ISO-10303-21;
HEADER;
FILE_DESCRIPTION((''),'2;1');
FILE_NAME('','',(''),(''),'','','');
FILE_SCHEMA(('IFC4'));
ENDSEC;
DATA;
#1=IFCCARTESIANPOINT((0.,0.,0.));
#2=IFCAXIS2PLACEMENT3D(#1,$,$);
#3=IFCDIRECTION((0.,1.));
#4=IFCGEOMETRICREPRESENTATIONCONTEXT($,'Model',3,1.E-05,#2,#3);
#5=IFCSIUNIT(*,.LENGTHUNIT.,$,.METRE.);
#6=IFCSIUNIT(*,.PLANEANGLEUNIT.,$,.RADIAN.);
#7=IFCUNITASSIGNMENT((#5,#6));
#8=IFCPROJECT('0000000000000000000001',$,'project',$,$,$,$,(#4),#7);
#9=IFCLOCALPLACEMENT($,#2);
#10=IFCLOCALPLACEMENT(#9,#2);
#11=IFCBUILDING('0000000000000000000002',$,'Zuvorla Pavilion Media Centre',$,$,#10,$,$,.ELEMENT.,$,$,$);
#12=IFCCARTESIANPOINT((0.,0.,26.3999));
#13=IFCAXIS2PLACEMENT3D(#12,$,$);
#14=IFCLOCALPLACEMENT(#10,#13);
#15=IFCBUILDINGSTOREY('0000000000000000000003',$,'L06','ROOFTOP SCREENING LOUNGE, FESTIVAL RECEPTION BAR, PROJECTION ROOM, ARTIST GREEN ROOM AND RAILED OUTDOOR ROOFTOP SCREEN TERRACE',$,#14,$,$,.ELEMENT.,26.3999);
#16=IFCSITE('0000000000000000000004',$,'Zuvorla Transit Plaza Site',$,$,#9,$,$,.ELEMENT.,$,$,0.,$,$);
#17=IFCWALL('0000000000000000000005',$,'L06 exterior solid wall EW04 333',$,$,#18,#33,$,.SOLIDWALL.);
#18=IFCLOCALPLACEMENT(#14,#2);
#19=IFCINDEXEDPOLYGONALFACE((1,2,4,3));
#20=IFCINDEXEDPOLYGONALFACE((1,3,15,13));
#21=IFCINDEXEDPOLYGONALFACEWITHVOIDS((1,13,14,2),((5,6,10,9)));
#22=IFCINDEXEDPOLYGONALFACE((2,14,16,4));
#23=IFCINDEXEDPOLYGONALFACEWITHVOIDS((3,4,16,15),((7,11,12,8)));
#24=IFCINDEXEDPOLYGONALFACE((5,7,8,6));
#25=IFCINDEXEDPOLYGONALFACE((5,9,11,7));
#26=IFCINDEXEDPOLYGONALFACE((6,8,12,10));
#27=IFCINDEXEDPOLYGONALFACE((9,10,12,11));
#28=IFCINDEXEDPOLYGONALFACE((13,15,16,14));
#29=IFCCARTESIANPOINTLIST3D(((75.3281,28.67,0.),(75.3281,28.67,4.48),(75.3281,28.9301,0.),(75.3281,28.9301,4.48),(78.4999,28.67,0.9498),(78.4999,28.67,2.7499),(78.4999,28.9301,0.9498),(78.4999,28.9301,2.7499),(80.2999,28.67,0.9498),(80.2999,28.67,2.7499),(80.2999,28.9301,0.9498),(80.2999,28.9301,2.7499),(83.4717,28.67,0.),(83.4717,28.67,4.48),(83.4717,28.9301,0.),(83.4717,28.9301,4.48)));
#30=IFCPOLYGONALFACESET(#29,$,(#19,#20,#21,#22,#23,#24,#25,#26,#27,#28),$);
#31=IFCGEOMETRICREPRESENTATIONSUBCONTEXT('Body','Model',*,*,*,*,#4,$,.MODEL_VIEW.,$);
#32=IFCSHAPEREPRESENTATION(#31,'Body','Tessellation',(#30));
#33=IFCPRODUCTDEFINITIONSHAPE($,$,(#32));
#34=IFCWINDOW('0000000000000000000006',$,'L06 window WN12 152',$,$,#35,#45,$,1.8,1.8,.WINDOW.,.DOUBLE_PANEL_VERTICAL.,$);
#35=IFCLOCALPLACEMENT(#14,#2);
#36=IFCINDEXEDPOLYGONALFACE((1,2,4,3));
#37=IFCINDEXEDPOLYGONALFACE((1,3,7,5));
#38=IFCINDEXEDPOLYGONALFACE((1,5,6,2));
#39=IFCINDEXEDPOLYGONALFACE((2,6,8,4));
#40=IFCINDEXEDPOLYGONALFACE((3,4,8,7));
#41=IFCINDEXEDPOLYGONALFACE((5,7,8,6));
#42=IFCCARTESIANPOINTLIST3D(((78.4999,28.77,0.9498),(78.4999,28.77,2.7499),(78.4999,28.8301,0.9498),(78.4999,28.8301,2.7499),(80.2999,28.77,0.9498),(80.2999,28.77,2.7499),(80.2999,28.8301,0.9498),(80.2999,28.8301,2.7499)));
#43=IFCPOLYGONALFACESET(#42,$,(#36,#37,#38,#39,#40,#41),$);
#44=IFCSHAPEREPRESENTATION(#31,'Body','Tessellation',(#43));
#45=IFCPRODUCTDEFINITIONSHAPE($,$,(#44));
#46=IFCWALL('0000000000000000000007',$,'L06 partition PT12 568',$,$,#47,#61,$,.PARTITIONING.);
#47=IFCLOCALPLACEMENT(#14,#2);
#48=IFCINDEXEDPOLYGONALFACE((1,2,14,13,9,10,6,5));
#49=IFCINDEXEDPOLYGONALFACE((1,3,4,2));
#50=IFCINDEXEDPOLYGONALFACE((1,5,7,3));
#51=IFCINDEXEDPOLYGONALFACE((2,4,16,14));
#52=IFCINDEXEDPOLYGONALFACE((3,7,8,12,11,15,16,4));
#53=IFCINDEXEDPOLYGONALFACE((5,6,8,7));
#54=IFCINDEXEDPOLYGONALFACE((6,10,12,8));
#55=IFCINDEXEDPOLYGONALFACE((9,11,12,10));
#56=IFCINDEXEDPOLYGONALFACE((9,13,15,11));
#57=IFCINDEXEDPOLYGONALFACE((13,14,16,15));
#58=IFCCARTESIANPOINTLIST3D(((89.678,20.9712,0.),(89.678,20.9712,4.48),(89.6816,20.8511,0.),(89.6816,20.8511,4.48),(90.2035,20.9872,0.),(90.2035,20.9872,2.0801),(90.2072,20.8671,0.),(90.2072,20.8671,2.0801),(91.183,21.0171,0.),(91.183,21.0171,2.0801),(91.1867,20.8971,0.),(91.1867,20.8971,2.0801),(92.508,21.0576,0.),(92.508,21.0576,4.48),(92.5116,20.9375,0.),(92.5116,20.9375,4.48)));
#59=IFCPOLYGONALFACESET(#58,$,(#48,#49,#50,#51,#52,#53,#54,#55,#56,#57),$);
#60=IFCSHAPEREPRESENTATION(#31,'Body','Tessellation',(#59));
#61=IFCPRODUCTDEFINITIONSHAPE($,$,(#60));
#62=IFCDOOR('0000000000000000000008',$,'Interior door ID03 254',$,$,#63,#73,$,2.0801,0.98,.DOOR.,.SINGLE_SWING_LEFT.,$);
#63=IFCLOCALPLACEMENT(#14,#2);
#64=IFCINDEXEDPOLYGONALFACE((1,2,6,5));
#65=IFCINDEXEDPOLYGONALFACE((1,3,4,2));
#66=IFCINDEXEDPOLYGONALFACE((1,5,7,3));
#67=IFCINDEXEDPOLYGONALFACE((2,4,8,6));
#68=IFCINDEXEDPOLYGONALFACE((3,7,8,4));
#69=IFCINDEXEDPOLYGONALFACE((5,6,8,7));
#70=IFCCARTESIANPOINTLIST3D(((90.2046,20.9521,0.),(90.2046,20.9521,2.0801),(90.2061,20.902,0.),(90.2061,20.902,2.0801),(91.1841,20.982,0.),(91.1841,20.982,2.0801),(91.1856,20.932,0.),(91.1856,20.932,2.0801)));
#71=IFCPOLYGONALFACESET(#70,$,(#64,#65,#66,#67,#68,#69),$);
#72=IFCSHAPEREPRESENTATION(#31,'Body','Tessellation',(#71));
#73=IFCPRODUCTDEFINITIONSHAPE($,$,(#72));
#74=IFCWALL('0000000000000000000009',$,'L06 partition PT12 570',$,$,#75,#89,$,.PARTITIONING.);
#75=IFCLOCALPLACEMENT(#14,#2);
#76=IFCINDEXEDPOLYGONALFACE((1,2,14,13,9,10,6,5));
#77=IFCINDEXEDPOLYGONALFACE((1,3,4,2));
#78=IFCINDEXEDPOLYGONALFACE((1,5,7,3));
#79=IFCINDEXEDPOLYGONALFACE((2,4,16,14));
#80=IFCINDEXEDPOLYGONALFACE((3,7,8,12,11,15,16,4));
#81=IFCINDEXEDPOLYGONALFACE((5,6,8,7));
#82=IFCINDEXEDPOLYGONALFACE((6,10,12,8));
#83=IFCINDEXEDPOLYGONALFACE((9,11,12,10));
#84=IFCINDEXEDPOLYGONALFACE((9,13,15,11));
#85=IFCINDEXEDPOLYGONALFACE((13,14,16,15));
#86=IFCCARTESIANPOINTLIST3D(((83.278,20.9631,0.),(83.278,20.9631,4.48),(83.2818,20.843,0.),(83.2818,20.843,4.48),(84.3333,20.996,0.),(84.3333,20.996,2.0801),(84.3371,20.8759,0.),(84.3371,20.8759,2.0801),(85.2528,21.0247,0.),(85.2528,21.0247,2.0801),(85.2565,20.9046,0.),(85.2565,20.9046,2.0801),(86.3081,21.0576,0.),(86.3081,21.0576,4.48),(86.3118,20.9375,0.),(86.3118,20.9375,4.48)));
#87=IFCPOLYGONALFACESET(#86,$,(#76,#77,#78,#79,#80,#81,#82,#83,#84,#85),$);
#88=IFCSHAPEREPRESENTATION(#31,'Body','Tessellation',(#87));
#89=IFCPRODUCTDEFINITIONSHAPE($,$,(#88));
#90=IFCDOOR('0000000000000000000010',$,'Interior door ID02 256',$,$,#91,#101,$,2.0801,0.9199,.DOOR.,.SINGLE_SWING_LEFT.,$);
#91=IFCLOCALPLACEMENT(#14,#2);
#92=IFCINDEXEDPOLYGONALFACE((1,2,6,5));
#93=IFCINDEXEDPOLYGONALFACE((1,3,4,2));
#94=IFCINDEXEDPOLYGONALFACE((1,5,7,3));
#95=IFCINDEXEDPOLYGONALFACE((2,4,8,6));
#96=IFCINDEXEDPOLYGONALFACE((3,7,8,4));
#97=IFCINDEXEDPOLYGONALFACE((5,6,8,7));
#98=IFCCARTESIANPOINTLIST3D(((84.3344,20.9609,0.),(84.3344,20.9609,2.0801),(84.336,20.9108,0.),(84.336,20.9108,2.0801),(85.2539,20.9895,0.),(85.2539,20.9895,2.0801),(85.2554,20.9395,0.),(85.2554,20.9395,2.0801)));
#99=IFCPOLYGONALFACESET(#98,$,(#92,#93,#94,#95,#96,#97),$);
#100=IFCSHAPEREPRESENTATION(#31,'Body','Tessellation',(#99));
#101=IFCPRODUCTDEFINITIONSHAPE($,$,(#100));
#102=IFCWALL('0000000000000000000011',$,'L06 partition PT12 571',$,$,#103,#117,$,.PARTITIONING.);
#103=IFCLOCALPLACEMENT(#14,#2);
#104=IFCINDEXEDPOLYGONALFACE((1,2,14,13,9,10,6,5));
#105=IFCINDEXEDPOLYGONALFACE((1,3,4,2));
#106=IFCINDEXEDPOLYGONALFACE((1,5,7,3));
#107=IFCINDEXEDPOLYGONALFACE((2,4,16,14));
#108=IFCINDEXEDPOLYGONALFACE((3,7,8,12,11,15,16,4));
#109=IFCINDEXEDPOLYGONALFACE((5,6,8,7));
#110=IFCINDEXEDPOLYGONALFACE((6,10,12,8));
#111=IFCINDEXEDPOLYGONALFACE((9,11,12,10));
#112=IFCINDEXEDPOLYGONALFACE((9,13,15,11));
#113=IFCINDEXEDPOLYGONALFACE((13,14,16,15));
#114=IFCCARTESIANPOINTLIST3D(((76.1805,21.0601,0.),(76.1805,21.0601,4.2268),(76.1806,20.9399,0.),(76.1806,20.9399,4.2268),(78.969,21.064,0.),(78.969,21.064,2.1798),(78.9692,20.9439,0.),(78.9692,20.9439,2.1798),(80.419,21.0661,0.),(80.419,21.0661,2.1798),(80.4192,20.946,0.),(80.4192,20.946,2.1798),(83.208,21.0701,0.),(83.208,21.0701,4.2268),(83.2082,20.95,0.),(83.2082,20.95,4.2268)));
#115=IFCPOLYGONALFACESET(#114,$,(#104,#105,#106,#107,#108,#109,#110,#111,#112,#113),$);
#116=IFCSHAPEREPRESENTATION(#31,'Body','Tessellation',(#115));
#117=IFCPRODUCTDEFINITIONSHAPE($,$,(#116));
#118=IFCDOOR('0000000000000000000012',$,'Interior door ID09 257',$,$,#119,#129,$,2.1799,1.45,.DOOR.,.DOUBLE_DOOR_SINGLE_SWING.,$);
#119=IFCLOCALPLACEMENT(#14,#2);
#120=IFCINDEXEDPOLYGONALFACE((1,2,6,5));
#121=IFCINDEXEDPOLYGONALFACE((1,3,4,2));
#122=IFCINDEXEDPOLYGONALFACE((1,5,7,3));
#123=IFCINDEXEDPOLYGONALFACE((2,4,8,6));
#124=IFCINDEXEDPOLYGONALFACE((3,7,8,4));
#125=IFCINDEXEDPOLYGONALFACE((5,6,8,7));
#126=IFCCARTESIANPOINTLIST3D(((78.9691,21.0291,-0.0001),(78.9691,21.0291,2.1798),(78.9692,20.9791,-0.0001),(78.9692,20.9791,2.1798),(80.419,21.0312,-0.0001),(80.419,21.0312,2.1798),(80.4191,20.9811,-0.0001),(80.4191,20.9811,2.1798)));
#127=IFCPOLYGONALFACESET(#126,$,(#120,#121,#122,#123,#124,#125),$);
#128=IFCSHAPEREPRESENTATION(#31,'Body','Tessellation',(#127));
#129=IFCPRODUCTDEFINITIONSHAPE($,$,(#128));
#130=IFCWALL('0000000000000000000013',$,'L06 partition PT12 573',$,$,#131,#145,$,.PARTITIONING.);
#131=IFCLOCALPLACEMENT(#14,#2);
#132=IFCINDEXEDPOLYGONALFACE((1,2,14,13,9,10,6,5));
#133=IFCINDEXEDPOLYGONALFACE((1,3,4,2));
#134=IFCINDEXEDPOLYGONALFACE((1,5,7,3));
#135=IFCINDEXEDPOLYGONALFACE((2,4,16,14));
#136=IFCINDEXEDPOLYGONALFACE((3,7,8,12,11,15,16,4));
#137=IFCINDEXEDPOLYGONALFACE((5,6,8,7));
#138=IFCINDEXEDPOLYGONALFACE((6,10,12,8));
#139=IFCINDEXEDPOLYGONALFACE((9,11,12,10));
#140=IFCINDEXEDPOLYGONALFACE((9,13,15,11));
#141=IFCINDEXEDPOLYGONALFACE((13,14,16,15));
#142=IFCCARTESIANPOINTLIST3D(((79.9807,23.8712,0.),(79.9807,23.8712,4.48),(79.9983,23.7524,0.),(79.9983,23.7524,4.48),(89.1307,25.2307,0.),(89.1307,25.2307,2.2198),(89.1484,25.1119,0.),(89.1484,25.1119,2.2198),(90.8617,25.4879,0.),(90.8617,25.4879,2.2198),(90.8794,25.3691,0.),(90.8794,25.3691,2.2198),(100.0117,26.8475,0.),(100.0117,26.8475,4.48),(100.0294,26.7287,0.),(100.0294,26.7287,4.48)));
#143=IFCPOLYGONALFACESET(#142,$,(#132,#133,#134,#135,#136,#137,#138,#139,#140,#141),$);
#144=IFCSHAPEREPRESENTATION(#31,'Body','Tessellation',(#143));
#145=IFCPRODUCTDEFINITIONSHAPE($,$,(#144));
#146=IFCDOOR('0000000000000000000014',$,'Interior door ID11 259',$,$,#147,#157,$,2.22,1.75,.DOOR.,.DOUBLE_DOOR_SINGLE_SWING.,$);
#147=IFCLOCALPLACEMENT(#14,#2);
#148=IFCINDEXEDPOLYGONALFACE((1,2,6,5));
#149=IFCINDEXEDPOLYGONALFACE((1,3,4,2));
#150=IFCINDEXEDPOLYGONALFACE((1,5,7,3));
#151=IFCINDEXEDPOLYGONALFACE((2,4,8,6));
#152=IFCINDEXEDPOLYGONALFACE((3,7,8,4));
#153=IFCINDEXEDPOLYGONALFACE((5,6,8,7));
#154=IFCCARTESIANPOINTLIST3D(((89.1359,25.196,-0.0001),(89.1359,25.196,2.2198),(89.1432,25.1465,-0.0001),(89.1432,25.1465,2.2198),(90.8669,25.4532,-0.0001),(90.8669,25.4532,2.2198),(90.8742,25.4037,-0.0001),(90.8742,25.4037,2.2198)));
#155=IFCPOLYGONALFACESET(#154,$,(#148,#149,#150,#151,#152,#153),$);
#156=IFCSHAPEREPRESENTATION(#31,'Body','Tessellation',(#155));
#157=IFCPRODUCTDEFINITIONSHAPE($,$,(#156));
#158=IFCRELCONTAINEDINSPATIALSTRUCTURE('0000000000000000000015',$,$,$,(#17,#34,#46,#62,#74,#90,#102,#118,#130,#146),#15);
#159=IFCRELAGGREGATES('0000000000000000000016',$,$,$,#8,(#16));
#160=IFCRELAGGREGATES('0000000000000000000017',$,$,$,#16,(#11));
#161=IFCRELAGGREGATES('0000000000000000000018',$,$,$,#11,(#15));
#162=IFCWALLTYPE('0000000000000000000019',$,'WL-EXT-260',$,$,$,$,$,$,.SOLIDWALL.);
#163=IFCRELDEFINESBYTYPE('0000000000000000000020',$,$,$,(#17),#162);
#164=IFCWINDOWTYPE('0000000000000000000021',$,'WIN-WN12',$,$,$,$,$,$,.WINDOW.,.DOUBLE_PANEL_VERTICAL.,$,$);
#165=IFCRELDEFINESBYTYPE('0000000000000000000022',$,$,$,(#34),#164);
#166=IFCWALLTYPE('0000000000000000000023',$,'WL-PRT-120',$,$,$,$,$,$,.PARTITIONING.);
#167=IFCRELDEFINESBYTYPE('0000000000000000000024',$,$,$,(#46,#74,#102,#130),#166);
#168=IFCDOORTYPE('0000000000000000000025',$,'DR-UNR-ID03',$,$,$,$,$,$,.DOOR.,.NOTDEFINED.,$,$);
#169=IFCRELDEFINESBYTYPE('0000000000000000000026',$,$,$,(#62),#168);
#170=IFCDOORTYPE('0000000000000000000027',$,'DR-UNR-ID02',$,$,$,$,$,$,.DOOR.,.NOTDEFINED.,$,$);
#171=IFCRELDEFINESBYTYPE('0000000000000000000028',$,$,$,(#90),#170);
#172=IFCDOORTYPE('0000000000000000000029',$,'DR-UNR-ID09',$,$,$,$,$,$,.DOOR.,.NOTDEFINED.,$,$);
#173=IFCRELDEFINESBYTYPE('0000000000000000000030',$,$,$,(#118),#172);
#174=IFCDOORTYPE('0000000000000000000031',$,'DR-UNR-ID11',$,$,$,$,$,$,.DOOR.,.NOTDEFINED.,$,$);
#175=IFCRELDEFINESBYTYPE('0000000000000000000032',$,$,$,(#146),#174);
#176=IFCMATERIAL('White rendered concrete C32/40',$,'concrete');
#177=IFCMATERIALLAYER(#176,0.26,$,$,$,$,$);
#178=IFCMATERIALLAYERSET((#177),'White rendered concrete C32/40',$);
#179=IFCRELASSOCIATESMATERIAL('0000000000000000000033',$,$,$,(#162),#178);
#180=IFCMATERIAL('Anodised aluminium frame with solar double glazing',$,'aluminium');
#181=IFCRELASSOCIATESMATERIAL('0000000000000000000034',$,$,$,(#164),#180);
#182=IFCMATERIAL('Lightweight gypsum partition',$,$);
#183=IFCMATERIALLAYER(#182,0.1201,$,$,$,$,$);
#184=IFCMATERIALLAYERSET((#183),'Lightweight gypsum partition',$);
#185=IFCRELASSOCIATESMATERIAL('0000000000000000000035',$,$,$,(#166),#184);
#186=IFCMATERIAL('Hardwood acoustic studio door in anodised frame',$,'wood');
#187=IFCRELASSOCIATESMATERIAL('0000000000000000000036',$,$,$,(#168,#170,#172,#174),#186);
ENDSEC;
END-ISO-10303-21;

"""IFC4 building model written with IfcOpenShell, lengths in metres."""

from ifc_helpers import new_model, si_unit, direction, frame, frame_2d, origin, place, context, subcontext, project, spatial, rectangle, extrude, material, layer, layer_set, type_object, element, fill, save


model = new_model("IFC4")

# Units and contexts
model_context = context("Model", 3, precision=1e-05, world=origin(), true_north=direction((0.0, 1.0)))
body_context = subcontext(model_context, "Body", "Model", "MODEL_VIEW")
ifc_project = project(units=[si_unit("LENGTHUNIT", "METRE"), si_unit("PLANEANGLEUNIT", "RADIAN")], contexts=[model_context])

# Site, building, storey
site_placement = place(None, origin())
site = spatial("IfcSite", under=ifc_project, at=site_placement, Name="Zuvorla Transit Plaza Site", CompositionType="ELEMENT", RefElevation=0.0)
building_placement = place(site_placement, origin())
building = spatial("IfcBuilding", under=site, at=building_placement, Name="Zuvorla Pavilion Media Centre", CompositionType="ELEMENT")
storey_placement = place(building_placement, frame((0.0, 0.0, 26.3999)))
storey = spatial("IfcBuildingStorey", under=building, at=storey_placement, Name="L06", Description="ROOFTOP SCREENING LOUNGE, FESTIVAL RECEPTION BAR, PROJECTION ROOM, ARTIST GREEN ROOM AND RAILED OUTDOOR ROOFTOP SCREEN TERRACE", CompositionType="ELEMENT", Elevation=26.3999)

# Shared definitions
ifc_material_1 = material(Name="White rendered concrete C32/40", Category="concrete")
ifc_layer_1 = layer(ifc_material_1, 0.26)
ifc_layer_set_1 = layer_set([ifc_layer_1], Name="White rendered concrete C32/40")
wall_type_1 = type_object("IfcWallType", Name="WL-EXT-260", PredefinedType="SOLIDWALL", material=ifc_layer_set_1)

# Wall, opening, window
wall_1_placement = place(storey_placement, frame((83.4717, 28.8, 0.0), z_axis=(0.0, 0.0, 1.0), x_axis=(-1.0, 0.0, 0.0)))
wall_1 = element("IfcWall", 1, at=wall_1_placement, inside=storey, type_object=wall_type_1, Name="L06 exterior solid wall EW04 333", PredefinedType="SOLIDWALL", context=body_context, shape_type="SweptSolid", body=[
    extrude(rectangle(XDim=8.1436, YDim=0.26, at=frame_2d((4.0718, 0.0))), origin(), (0.0, 0.0, 1.0), 4.48),
])
opening_1_placement = place(wall_1_placement, frame((3.1719, 0.0, 0.95)))
opening_1 = element("IfcOpeningElement", 2, at=opening_1_placement, cuts=wall_1, PredefinedType="OPENING", context=body_context, shape_type="SweptSolid", body=[
    extrude(rectangle(XDim=1.8, YDim=1.8, at=frame_2d((0.8999, 0.8999))), frame((0.0, 0.1399, 0.0), z_axis=(0.0, -1.0, 0.0), x_axis=(1.0, 0.0, 0.0)), (0.0, 0.0, 1.0), 0.28),
])
ifc_material_2 = material(Name="Anodised aluminium frame with solar double glazing", Category="aluminium")
window_type = type_object("IfcWindowType", Name="WIN-WN12", PartitioningType="DOUBLE_PANEL_VERTICAL", PredefinedType="WINDOW", material=ifc_material_2)
window_placement = place(opening_1_placement, origin())
window = element("IfcWindow", 3, at=window_placement, inside=storey, type_object=window_type, Name="L06 window WN12 152", OverallHeight=1.8, OverallWidth=1.8, PartitioningType="DOUBLE_PANEL_VERTICAL", PredefinedType="WINDOW", context=body_context, shape_type="SweptSolid", body=[
    extrude(rectangle(XDim=1.8, YDim=1.8, at=frame_2d((0.8999, 0.8999))), frame((0.0, 0.03, 0.0), z_axis=(0.0, -1.0, 0.0), x_axis=(1.0, 0.0, 0.0)), (0.0, 0.0, 1.0), 0.0601),
])
fill(opening_1, window)

# Walls, openings, doors
ifc_material_3 = material(Name="Lightweight gypsum partition")
ifc_layer_2 = layer(ifc_material_3, 0.1201)
ifc_layer_set_2 = layer_set([ifc_layer_2], Name="Lightweight gypsum partition")
wall_type_2 = type_object("IfcWallType", Name="WL-PRT-120", PredefinedType="PARTITIONING", material=ifc_layer_set_2)
wall_2_placement = place(storey_placement, frame((89.6799, 20.9111, 0.0), z_axis=(0.0, 0.0, 1.0), x_axis=(0.999534, 0.030524, 0.0)))
wall_2 = element("IfcWall", 4, at=wall_2_placement, inside=storey, type_object=wall_type_2, Name="L06 partition PT12 568", PredefinedType="PARTITIONING", context=body_context, shape_type="SweptSolid", body=[
    extrude(rectangle(XDim=2.8313, YDim=0.1201, at=frame_2d((1.4155, 0.0))), origin(), (0.0, 0.0, 1.0), 4.48),
])
opening_2_placement = place(wall_2_placement, frame((0.5256, 0.0, 0.0)))
opening_2 = element("IfcOpeningElement", 5, at=opening_2_placement, cuts=wall_2, PredefinedType="OPENING", context=body_context, shape_type="SweptSolid", body=[
    extrude(rectangle(XDim=0.98, YDim=2.0801, at=frame_2d((0.49, 1.04))), frame((0.0, 0.0701, 0.0), z_axis=(0.0, -1.0, 0.0), x_axis=(1.0, 0.0, 0.0)), (0.0, 0.0, 1.0), 0.1401),
])
ifc_material_4 = material(Name="Hardwood acoustic studio door in anodised frame", Category="wood")
door_type_1 = type_object("IfcDoorType", Name="DR-UNR-ID03", OperationType="NOTDEFINED", PredefinedType="DOOR", material=ifc_material_4)
door_1_placement = place(opening_2_placement, origin())
door_1 = element("IfcDoor", 6, at=door_1_placement, inside=storey, type_object=door_type_1, Name="Interior door ID03 254", OperationType="SINGLE_SWING_LEFT", OverallHeight=2.0801, OverallWidth=0.98, PredefinedType="DOOR", context=body_context, shape_type="SweptSolid", body=[
    extrude(rectangle(XDim=0.98, YDim=2.0801, at=frame_2d((0.49, 1.04))), frame((0.0, 0.0249, 0.0), z_axis=(0.0, -1.0, 0.0), x_axis=(1.0, 0.0, 0.0)), (0.0, 0.0, 1.0), 0.05),
])
fill(opening_2, door_1)
wall_3_placement = place(storey_placement, frame((83.28, 20.9031, 0.0), z_axis=(0.0, 0.0, 1.0), x_axis=(0.999514, 0.031167, 0.0)))
wall_3 = element("IfcWall", 7, at=wall_3_placement, inside=storey, type_object=wall_type_2, Name="L06 partition PT12 570", PredefinedType="PARTITIONING", context=body_context, shape_type="SweptSolid", body=[
    extrude(rectangle(XDim=3.0315, YDim=0.1201, at=frame_2d((1.5156, 0.0))), origin(), (0.0, 0.0, 1.0), 4.48),
])
opening_3_placement = place(wall_3_placement, frame((1.0557, 0.0, 0.0)))
opening_3 = element("IfcOpeningElement", 8, at=opening_3_placement, cuts=wall_3, PredefinedType="OPENING", context=body_context, shape_type="SweptSolid", body=[
    extrude(rectangle(XDim=0.9199, YDim=2.0801, at=frame_2d((0.46, 1.04))), frame((0.0, 0.0701, 0.0), z_axis=(0.0, -1.0, 0.0), x_axis=(1.0, 0.0, 0.0)), (0.0, 0.0, 1.0), 0.1401),
])
door_type_2 = type_object("IfcDoorType", Name="DR-UNR-ID02", OperationType="NOTDEFINED", PredefinedType="DOOR", material=ifc_material_4)
door_2_placement = place(opening_3_placement, origin())
door_2 = element("IfcDoor", 9, at=door_2_placement, inside=storey, type_object=door_type_2, Name="Interior door ID02 256", OperationType="SINGLE_SWING_LEFT", OverallHeight=2.0801, OverallWidth=0.9199, PredefinedType="DOOR", context=body_context, shape_type="SweptSolid", body=[
    extrude(rectangle(XDim=0.9199, YDim=2.0801, at=frame_2d((0.46, 1.04))), frame((0.0, 0.0249, 0.0), z_axis=(0.0, -1.0, 0.0), x_axis=(1.0, 0.0, 0.0)), (0.0, 0.0, 1.0), 0.05),
])
fill(opening_3, door_2)
wall_4_placement = place(storey_placement, frame((83.208, 21.01, 0.0), z_axis=(0.0, 0.0, 1.0), x_axis=(-0.999999, -0.001424, 0.0)))
wall_4 = element("IfcWall", 10, at=wall_4_placement, inside=storey, type_object=wall_type_2, Name="L06 partition PT12 571", PredefinedType="PARTITIONING", context=body_context, shape_type="SweptSolid", body=[
    extrude(rectangle(XDim=7.0276, YDim=0.1201, at=frame_2d((3.5137, 0.0))), origin(), (0.0, 0.0, 1.0), 4.2268),
])
opening_4_placement = place(wall_4_placement, frame((2.7888, 0.0, 0.0)))
opening_4 = element("IfcOpeningElement", 11, at=opening_4_placement, cuts=wall_4, PredefinedType="OPENING", context=body_context, shape_type="SweptSolid", body=[
    extrude(rectangle(XDim=1.45, YDim=2.1799, at=frame_2d((0.7251, 1.0898))), frame((0.0, 0.0701, 0.0), z_axis=(0.0, -1.0, 0.0), x_axis=(1.0, 0.0, 0.0)), (0.0, 0.0, 1.0), 0.1401),
])
door_type_3 = type_object("IfcDoorType", Name="DR-UNR-ID09", OperationType="NOTDEFINED", PredefinedType="DOOR", material=ifc_material_4)
door_3_placement = place(opening_4_placement, origin())
door_3 = element("IfcDoor", 12, at=door_3_placement, inside=storey, type_object=door_type_3, Name="Interior door ID09 257", OperationType="DOUBLE_DOOR_SINGLE_SWING", OverallHeight=2.1799, OverallWidth=1.45, PredefinedType="DOOR", context=body_context, shape_type="SweptSolid", body=[
    extrude(rectangle(XDim=1.45, YDim=2.1799, at=frame_2d((0.7251, 1.0898))), frame((0.0, 0.0249, 0.0), z_axis=(0.0, -1.0, 0.0), x_axis=(1.0, 0.0, 0.0)), (0.0, 0.0, 1.0), 0.05),
])
fill(opening_4, door_3)
wall_5_placement = place(storey_placement, frame((79.9895, 23.8118, 0.0), z_axis=(0.0, 0.0, 1.0), x_axis=(0.989141, 0.146972, 0.0)))
wall_5 = element("IfcWall", 13, at=wall_5_placement, inside=storey, type_object=wall_type_2, Name="L06 partition PT12 573", PredefinedType="PARTITIONING", context=body_context, shape_type="SweptSolid", body=[
    extrude(rectangle(XDim=20.251, YDim=0.1201, at=frame_2d((10.1255, 0.0))), origin(), (0.0, 0.0, 1.0), 4.48),
])
opening_5_placement = place(wall_5_placement, frame((9.2505, 0.0, 0.0)))
opening_5 = element("IfcOpeningElement", 14, at=opening_5_placement, cuts=wall_5, PredefinedType="OPENING", context=body_context, shape_type="SweptSolid", body=[
    extrude(rectangle(XDim=1.75, YDim=2.22, at=frame_2d((0.875, 1.1099))), frame((0.0, 0.0701, 0.0), z_axis=(0.0, -1.0, 0.0), x_axis=(1.0, 0.0, 0.0)), (0.0, 0.0, 1.0), 0.1401),
])
door_type_4 = type_object("IfcDoorType", Name="DR-UNR-ID11", OperationType="NOTDEFINED", PredefinedType="DOOR", material=ifc_material_4)
door_4_placement = place(opening_5_placement, origin())
door_4 = element("IfcDoor", 15, at=door_4_placement, inside=storey, type_object=door_type_4, Name="Interior door ID11 259", OperationType="DOUBLE_DOOR_SINGLE_SWING", OverallHeight=2.22, OverallWidth=1.75, PredefinedType="DOOR", context=body_context, shape_type="SweptSolid", body=[
    extrude(rectangle(XDim=1.75, YDim=2.22, at=frame_2d((0.875, 1.1099))), frame((0.0, 0.0249, 0.0), z_axis=(0.0, -1.0, 0.0), x_axis=(1.0, 0.0, 0.0)), (0.0, 0.0, 1.0), 0.05),
])
fill(opening_5, door_4)

save(model, "model.ifc")
